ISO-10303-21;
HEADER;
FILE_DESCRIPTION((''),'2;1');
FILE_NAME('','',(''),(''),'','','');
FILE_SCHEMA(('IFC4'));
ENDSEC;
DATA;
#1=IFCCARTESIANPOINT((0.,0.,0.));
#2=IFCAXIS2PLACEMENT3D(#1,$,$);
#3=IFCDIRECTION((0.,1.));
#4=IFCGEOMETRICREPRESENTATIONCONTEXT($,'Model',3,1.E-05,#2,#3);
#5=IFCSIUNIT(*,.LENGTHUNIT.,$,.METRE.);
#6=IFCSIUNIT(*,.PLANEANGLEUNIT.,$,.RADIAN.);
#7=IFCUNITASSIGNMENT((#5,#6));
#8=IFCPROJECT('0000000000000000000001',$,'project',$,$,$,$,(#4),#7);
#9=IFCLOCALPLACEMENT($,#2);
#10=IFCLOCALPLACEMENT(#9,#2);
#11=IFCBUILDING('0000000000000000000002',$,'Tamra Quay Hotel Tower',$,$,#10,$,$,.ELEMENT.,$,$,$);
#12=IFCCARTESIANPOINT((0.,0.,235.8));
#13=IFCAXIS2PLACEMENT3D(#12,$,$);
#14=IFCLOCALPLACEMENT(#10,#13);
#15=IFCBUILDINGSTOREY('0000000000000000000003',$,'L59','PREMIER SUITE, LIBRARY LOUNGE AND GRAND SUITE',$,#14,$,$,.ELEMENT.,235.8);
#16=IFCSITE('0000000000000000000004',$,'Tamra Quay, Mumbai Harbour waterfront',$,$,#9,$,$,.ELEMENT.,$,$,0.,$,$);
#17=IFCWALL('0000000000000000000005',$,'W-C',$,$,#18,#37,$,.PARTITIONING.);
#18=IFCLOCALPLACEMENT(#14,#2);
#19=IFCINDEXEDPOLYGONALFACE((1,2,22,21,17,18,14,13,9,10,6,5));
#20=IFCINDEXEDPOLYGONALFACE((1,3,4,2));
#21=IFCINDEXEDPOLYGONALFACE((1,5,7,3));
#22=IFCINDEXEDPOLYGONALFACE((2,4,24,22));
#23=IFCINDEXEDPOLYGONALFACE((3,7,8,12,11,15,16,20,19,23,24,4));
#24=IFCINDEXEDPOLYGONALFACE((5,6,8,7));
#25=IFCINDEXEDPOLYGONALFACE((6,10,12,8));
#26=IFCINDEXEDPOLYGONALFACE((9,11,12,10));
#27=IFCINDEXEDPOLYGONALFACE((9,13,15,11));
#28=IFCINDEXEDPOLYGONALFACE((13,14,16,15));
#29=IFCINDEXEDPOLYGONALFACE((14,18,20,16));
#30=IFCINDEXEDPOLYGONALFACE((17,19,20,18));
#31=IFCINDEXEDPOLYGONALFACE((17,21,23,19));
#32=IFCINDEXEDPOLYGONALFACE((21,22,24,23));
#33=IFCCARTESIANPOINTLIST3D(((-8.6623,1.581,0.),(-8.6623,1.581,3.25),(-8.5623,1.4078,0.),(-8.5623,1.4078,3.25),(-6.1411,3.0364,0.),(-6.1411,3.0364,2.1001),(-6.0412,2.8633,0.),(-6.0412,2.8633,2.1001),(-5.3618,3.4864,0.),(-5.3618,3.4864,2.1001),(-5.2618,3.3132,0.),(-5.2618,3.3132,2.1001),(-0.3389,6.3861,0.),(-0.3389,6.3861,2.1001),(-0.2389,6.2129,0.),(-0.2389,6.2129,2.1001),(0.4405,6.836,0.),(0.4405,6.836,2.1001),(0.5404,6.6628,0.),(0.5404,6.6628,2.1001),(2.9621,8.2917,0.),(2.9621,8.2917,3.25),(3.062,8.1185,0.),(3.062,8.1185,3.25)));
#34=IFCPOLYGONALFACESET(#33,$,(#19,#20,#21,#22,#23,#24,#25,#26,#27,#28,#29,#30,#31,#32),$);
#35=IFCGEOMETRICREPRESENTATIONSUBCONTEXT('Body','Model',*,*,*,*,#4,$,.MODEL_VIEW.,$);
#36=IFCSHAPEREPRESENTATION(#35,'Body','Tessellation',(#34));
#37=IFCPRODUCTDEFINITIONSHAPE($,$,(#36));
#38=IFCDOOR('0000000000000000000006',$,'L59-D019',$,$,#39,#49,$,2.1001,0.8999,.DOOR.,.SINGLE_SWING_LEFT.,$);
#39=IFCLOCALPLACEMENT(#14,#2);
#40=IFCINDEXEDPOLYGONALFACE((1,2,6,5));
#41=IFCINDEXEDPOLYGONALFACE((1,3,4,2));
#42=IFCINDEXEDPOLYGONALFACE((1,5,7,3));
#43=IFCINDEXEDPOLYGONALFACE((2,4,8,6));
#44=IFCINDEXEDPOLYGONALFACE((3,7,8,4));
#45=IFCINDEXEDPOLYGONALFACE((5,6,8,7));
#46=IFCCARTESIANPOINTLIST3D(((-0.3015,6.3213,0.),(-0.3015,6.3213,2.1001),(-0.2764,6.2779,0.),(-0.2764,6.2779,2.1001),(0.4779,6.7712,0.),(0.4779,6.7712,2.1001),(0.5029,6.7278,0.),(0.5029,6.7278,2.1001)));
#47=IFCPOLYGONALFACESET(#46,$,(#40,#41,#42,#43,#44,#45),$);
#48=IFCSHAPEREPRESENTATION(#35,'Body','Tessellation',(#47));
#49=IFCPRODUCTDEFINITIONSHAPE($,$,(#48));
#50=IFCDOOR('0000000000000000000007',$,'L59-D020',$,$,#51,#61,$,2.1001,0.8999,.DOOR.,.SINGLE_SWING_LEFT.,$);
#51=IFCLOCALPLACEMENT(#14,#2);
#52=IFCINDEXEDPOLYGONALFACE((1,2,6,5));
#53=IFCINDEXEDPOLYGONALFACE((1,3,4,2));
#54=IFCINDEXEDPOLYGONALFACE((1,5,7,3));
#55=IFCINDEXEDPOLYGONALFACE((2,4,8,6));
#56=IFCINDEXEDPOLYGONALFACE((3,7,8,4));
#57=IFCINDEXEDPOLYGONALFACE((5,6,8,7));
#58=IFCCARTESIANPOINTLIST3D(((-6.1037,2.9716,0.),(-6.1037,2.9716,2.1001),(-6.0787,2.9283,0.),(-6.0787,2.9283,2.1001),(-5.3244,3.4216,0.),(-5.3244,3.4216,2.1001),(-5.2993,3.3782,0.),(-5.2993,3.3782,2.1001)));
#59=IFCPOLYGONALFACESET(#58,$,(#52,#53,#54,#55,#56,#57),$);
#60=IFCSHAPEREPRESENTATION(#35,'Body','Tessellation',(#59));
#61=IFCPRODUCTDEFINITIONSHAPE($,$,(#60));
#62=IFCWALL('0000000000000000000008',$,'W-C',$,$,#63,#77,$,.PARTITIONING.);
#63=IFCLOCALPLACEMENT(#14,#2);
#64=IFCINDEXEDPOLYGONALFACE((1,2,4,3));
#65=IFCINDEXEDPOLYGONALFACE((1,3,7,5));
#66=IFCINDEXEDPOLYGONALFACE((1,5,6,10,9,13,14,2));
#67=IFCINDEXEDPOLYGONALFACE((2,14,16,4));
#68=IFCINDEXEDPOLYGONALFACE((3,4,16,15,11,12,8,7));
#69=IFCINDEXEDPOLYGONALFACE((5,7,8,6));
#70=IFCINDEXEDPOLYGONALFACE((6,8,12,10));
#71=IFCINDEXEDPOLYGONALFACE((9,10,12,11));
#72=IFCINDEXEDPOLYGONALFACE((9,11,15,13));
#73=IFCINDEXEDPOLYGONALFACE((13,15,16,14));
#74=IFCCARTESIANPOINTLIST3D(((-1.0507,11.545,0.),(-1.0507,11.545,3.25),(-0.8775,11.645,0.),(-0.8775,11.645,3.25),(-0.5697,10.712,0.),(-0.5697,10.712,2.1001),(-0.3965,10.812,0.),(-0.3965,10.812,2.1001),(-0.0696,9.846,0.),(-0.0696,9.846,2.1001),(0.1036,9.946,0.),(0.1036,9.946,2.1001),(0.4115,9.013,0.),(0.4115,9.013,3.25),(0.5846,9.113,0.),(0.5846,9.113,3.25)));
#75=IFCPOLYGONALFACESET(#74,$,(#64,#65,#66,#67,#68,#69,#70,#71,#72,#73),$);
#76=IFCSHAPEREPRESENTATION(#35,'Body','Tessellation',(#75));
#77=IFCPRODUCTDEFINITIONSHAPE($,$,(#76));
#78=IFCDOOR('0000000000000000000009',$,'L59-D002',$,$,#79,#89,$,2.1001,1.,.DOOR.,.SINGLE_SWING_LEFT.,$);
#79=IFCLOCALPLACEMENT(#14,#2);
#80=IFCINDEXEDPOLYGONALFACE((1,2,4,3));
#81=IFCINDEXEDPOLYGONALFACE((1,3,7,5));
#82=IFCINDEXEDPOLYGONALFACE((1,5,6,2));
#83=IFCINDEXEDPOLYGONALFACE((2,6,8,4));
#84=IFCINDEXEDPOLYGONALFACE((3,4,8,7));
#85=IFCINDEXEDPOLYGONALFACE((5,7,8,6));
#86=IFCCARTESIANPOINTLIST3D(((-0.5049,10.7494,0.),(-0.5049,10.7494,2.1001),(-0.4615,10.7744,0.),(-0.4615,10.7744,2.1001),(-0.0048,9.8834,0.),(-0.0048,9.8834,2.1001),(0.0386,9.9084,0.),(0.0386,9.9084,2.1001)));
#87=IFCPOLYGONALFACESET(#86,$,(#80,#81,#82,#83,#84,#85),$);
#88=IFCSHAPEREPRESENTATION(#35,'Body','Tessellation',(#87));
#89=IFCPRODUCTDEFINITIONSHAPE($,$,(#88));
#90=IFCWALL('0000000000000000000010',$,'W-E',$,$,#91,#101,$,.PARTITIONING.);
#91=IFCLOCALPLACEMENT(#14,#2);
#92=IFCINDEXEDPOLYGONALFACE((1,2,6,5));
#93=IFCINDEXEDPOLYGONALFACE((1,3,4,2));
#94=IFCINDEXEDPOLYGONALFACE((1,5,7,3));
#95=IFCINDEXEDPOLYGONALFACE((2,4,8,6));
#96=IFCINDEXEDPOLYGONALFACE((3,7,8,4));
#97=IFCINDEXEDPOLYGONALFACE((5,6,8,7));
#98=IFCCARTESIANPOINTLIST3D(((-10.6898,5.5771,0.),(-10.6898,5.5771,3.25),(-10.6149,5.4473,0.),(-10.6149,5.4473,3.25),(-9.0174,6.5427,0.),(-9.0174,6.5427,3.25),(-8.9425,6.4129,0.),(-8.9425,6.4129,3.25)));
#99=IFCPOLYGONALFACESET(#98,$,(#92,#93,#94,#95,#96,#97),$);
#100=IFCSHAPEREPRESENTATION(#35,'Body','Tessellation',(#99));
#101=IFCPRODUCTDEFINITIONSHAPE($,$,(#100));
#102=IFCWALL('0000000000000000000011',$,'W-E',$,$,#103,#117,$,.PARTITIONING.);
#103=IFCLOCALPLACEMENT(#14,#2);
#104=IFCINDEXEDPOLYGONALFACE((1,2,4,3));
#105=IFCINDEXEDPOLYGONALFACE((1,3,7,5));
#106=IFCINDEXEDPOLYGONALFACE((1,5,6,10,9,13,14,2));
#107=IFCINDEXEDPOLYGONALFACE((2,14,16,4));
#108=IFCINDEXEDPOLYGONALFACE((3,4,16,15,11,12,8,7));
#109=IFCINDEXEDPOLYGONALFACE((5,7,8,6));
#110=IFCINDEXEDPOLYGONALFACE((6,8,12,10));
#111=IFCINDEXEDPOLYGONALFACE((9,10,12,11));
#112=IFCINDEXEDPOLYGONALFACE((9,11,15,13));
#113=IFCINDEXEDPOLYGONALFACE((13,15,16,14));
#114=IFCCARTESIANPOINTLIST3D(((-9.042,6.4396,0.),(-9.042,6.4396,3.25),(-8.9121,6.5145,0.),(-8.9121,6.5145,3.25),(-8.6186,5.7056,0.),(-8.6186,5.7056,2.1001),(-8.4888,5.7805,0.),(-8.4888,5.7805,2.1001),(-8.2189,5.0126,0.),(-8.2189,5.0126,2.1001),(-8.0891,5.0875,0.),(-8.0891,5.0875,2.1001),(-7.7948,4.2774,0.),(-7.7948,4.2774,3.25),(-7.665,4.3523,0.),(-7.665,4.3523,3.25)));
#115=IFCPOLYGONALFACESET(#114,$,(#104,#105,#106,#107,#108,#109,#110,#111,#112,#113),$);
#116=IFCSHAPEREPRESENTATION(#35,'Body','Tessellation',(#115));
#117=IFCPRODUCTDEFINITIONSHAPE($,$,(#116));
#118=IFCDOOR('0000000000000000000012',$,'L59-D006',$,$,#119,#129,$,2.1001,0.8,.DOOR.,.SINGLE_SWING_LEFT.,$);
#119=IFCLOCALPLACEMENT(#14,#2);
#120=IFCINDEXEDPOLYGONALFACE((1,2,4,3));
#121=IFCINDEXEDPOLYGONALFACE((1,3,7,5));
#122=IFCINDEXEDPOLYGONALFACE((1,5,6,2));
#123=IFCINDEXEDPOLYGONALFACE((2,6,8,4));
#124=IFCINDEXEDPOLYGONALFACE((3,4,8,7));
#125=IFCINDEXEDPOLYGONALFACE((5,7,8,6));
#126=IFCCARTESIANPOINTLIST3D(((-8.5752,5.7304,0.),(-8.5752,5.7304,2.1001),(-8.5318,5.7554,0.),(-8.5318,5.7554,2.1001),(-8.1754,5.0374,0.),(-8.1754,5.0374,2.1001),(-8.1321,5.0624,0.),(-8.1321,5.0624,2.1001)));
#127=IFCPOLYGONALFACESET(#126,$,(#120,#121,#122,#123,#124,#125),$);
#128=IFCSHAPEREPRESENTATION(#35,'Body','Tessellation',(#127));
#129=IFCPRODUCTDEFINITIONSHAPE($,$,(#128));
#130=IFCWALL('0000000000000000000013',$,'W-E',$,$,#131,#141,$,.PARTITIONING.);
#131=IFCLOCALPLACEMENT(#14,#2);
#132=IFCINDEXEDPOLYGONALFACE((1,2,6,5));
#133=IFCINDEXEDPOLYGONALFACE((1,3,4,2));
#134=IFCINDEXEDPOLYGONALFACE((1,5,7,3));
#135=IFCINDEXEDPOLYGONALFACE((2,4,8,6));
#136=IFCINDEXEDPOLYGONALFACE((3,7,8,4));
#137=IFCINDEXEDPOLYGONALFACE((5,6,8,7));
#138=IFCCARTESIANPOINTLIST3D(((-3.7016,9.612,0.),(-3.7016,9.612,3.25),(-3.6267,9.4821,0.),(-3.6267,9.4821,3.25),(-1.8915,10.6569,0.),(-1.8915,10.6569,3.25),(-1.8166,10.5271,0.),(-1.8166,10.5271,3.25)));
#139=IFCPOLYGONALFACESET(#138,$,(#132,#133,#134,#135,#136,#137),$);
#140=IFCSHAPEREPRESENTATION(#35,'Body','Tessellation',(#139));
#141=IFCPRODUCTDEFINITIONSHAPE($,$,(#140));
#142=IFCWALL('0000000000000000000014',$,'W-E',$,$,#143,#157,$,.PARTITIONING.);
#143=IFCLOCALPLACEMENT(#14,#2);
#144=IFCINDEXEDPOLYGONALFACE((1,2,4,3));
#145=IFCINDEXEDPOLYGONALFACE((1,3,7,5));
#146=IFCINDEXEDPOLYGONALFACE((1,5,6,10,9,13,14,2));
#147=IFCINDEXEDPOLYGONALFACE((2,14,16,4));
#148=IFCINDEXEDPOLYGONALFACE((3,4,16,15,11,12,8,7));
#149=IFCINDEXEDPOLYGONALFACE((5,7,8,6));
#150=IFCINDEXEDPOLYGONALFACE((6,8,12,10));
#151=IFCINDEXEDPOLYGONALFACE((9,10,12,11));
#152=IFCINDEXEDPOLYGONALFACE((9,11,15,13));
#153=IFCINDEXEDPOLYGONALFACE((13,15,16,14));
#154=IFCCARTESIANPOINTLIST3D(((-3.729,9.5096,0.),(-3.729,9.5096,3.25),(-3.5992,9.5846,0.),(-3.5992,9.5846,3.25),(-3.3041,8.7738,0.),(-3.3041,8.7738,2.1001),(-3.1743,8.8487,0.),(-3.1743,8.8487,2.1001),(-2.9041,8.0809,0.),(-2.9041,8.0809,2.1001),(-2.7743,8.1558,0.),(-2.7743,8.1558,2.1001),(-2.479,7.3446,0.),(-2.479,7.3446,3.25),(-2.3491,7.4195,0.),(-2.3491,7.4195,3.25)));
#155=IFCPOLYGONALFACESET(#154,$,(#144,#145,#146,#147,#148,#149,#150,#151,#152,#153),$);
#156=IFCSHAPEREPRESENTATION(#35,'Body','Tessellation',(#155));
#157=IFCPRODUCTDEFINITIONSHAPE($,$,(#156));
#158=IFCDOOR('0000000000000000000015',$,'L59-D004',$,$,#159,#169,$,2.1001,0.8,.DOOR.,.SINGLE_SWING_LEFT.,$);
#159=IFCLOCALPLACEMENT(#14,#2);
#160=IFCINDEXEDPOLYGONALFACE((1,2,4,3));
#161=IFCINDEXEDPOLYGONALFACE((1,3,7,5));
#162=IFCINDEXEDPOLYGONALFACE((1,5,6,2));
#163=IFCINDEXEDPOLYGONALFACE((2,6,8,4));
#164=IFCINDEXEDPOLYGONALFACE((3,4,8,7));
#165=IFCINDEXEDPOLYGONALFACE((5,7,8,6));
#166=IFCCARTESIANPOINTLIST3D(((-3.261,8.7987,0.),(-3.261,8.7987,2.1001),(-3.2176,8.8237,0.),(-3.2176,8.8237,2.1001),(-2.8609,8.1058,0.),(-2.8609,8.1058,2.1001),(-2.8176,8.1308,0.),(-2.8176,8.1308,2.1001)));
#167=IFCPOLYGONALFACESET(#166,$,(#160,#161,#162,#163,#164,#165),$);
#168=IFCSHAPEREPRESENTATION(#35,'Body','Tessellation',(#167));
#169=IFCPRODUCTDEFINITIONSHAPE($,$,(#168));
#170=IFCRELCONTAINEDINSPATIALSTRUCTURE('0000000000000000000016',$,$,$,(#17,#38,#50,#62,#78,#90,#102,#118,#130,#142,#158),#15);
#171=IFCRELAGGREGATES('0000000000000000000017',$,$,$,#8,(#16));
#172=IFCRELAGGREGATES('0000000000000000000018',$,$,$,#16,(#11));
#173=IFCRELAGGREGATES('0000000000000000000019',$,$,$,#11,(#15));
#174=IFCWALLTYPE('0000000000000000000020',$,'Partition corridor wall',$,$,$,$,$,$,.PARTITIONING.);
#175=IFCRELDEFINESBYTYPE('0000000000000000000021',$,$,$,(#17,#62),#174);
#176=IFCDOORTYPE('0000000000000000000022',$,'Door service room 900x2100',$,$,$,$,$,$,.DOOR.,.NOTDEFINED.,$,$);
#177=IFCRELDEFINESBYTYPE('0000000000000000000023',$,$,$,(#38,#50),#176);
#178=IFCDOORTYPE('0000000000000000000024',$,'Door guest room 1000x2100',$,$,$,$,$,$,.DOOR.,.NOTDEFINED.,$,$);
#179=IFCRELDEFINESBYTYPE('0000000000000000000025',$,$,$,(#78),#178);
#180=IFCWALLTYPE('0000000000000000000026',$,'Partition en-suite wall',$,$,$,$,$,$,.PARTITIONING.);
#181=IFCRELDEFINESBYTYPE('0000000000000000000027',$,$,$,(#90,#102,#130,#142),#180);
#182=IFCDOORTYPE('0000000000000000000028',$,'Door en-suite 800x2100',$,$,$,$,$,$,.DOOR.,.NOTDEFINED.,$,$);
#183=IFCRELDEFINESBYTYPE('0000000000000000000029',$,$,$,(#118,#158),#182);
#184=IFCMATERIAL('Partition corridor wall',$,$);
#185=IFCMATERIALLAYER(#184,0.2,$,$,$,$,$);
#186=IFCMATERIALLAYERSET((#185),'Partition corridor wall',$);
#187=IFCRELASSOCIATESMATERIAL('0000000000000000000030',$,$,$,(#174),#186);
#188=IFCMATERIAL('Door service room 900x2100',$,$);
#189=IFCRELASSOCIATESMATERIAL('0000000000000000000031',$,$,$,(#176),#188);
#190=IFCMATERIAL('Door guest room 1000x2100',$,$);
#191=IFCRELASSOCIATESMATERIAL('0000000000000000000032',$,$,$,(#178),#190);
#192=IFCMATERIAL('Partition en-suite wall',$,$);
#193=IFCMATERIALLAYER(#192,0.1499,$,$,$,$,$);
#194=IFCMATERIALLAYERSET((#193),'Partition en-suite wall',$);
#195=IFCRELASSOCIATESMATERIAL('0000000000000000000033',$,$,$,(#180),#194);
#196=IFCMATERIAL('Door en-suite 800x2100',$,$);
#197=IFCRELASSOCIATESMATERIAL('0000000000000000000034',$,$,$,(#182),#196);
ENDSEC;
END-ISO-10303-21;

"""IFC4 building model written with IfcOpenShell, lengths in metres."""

from ifc_helpers import new_model, si_unit, direction, frame, frame_2d, origin, place, context, subcontext, project, spatial, rectangle, extrude, material, layer, layer_set, type_object, element, fill, save


model = new_model("IFC4")

# Units and contexts
model_context = context("Model", 3, precision=1e-05, world=origin(), true_north=direction((0.0, 1.0)))
body_context = subcontext(model_context, "Body", "Model", "MODEL_VIEW")
ifc_project = project(units=[si_unit("LENGTHUNIT", "METRE"), si_unit("PLANEANGLEUNIT", "RADIAN")], contexts=[model_context])

# Site, building, storey
site_placement = place(None, origin())
site = spatial("IfcSite", under=ifc_project, at=site_placement, Name="Tamra Quay, Mumbai Harbour waterfront", CompositionType="ELEMENT", RefElevation=0.0)
building_placement = place(site_placement, origin())
building = spatial("IfcBuilding", under=site, at=building_placement, Name="Tamra Quay Hotel Tower", CompositionType="ELEMENT")
storey_placement = place(building_placement, frame((0.0, 0.0, 235.8)))
storey = spatial("IfcBuildingStorey", under=building, at=storey_placement, Name="L59", Description="PREMIER SUITE, LIBRARY LOUNGE AND GRAND SUITE", CompositionType="ELEMENT", Elevation=235.8)

# Wall, openings, doors
ifc_material_1 = material(Name="Partition corridor wall")
ifc_layer_1 = layer(ifc_material_1, 0.2)
ifc_layer_set_1 = layer_set([ifc_layer_1], Name="Partition corridor wall")
wall_type_1 = type_object("IfcWallType", Name="Partition corridor wall", PredefinedType="PARTITIONING", material=ifc_layer_set_1)
wall_1_placement = place(storey_placement, frame((-8.6123, 1.4944, 0.0), z_axis=(0.0, 0.0, 1.0), x_axis=(0.866044, 0.499968, 0.0)))
wall_1 = element("IfcWall", 1, at=wall_1_placement, inside=storey, type_object=wall_type_1, Name="W-C", PredefinedType="PARTITIONING", context=body_context, shape_type="SweptSolid", body=[
    extrude(rectangle(XDim=13.4224, YDim=0.2, at=frame_2d((6.7112, 0.0))), origin(), (0.0, 0.0, 1.0), 3.25),
])
opening_1_placement = place(wall_1_placement, frame((9.6108, 0.0, 0.0)))
opening_1 = element("IfcOpeningElement", 2, at=opening_1_placement, cuts=wall_1, PredefinedType="OPENING", context=body_context, shape_type="SweptSolid", body=[
    extrude(rectangle(XDim=0.8999, YDim=2.1001, at=frame_2d((0.45, 1.05))), frame((0.0, 0.1099, 0.0), z_axis=(0.0, -1.0, 0.0), x_axis=(1.0, 0.0, 0.0)), (0.0, 0.0, 1.0), 0.22),
])
opening_2_placement = place(wall_1_placement, frame((2.9111, 0.0, 0.0)))
opening_2 = element("IfcOpeningElement", 3, at=opening_2_placement, cuts=wall_1, PredefinedType="OPENING", context=body_context, shape_type="SweptSolid", body=[
    extrude(rectangle(XDim=0.8999, YDim=2.1001, at=frame_2d((0.45, 1.05))), frame((0.0, 0.1099, 0.0), z_axis=(0.0, -1.0, 0.0), x_axis=(1.0, 0.0, 0.0)), (0.0, 0.0, 1.0), 0.22),
])
ifc_material_2 = material(Name="Door service room 900x2100")
door_type_1 = type_object("IfcDoorType", Name="Door service room 900x2100", OperationType="NOTDEFINED", PredefinedType="DOOR", material=ifc_material_2)
door_1_placement = place(opening_1_placement, frame((0.8999, 0.0, 0.0), z_axis=(0.0, 0.0, 1.0), x_axis=(-1.0, 0.0, 0.0)))
door_1 = element("IfcDoor", 4, at=door_1_placement, inside=storey, type_object=door_type_1, Name="L59-D019", OperationType="SINGLE_SWING_LEFT", OverallHeight=2.1001, OverallWidth=0.8999, PredefinedType="DOOR", context=body_context, shape_type="SweptSolid", body=[
    extrude(rectangle(XDim=0.8999, YDim=2.1001, at=frame_2d((0.45, 1.05))), frame((0.0, 0.0249, 0.0), z_axis=(0.0, -1.0, 0.0), x_axis=(1.0, 0.0, 0.0)), (0.0, 0.0, 1.0), 0.05),
])
fill(opening_1, door_1)
door_2_placement = place(opening_2_placement, frame((0.8999, 0.0, 0.0), z_axis=(0.0, 0.0, 1.0), x_axis=(-1.0, 0.0, 0.0)))
door_2 = element("IfcDoor", 5, at=door_2_placement, inside=storey, type_object=door_type_1, Name="L59-D020", OperationType="SINGLE_SWING_LEFT", OverallHeight=2.1001, OverallWidth=0.8999, PredefinedType="DOOR", context=body_context, shape_type="SweptSolid", body=[
    extrude(rectangle(XDim=0.8999, YDim=2.1001, at=frame_2d((0.45, 1.05))), frame((0.0, 0.0249, 0.0), z_axis=(0.0, -1.0, 0.0), x_axis=(1.0, 0.0, 0.0)), (0.0, 0.0, 1.0), 0.05),
])
fill(opening_2, door_2)

# Wall, opening, door
wall_2_placement = place(storey_placement, frame((-0.9641, 11.595, 0.0), z_axis=(0.0, 0.0, 1.0), x_axis=(0.500081, -0.865978, 0.0)))
wall_2 = element("IfcWall", 6, at=wall_2_placement, inside=storey, type_object=wall_type_1, Name="W-C", PredefinedType="PARTITIONING", context=body_context, shape_type="SweptSolid", body=[
    extrude(rectangle(XDim=2.9238, YDim=0.2, at=frame_2d((1.4619, 0.0))), origin(), (0.0, 0.0, 1.0), 3.25),
])
opening_3_placement = place(wall_2_placement, frame((0.9619, 0.0, 0.0)))
opening_3 = element("IfcOpeningElement", 7, at=opening_3_placement, cuts=wall_2, PredefinedType="OPENING", context=body_context, shape_type="SweptSolid", body=[
    extrude(rectangle(XDim=1.0, YDim=2.1001, at=frame_2d((0.5, 1.05))), frame((0.0, 0.1099, 0.0), z_axis=(0.0, -1.0, 0.0), x_axis=(1.0, 0.0, 0.0)), (0.0, 0.0, 1.0), 0.22),
])
ifc_material_3 = material(Name="Door guest room 1000x2100")
door_type_2 = type_object("IfcDoorType", Name="Door guest room 1000x2100", OperationType="NOTDEFINED", PredefinedType="DOOR", material=ifc_material_3)
door_3_placement = place(opening_3_placement, origin())
door_3 = element("IfcDoor", 8, at=door_3_placement, inside=storey, type_object=door_type_2, Name="L59-D002", OperationType="SINGLE_SWING_LEFT", OverallHeight=2.1001, OverallWidth=1.0, PredefinedType="DOOR", context=body_context, shape_type="SweptSolid", body=[
    extrude(rectangle(XDim=1.0, YDim=2.1001, at=frame_2d((0.5, 1.05))), frame((0.0, 0.0249, 0.0), z_axis=(0.0, -1.0, 0.0), x_axis=(1.0, 0.0, 0.0)), (0.0, 0.0, 1.0), 0.05),
])
fill(opening_3, door_3)

# Wall
ifc_material_4 = material(Name="Partition en-suite wall")
ifc_layer_2 = layer(ifc_material_4, 0.1499)
ifc_layer_set_2 = layer_set([ifc_layer_2], Name="Partition en-suite wall")
wall_type_2 = type_object("IfcWallType", Name="Partition en-suite wall", PredefinedType="PARTITIONING", material=ifc_layer_set_2)
wall_3_placement = place(storey_placement, frame((-10.6523, 5.5122, 0.0), z_axis=(0.0, 0.0, 1.0), x_axis=(0.866017, 0.500014, 0.0)))
element("IfcWall", 9, at=wall_3_placement, inside=storey, type_object=wall_type_2, Name="W-E", PredefinedType="PARTITIONING", context=body_context, shape_type="SweptSolid", body=[
    extrude(rectangle(XDim=1.9312, YDim=0.1499, at=frame_2d((0.9656, 0.0))), origin(), (0.0, 0.0, 1.0), 3.25),
])

# Wall, opening, door
wall_4_placement = place(storey_placement, frame((-8.9771, 6.4771, 0.0), z_axis=(0.0, 0.0, 1.0), x_axis=(0.499632, -0.866238, 0.0)))
wall_4 = element("IfcWall", 10, at=wall_4_placement, inside=storey, type_object=wall_type_2, Name="W-E", PredefinedType="PARTITIONING", context=body_context, shape_type="SweptSolid", body=[
    extrude(rectangle(XDim=2.4961, YDim=0.1499, at=frame_2d((1.248, 0.0))), origin(), (0.0, 0.0, 1.0), 3.25),
])
opening_4_placement = place(wall_4_placement, frame((0.8474, 0.0, 0.0)))
opening_4 = element("IfcOpeningElement", 11, at=opening_4_placement, cuts=wall_4, PredefinedType="OPENING", context=body_context, shape_type="SweptSolid", body=[
    extrude(rectangle(XDim=0.8, YDim=2.1001, at=frame_2d((0.3999, 1.05))), frame((0.0, 0.085, 0.0), z_axis=(0.0, -1.0, 0.0), x_axis=(1.0, 0.0, 0.0)), (0.0, 0.0, 1.0), 0.1699),
])
ifc_material_5 = material(Name="Door en-suite 800x2100")
door_type_3 = type_object("IfcDoorType", Name="Door en-suite 800x2100", OperationType="NOTDEFINED", PredefinedType="DOOR", material=ifc_material_5)
door_4_placement = place(opening_4_placement, frame((0.8, 0.0, 0.0), z_axis=(0.0, 0.0, 1.0), x_axis=(-1.0, 0.0, 0.0)))
door_4 = element("IfcDoor", 12, at=door_4_placement, inside=storey, type_object=door_type_3, Name="L59-D006", OperationType="SINGLE_SWING_LEFT", OverallHeight=2.1001, OverallWidth=0.8, PredefinedType="DOOR", context=body_context, shape_type="SweptSolid", body=[
    extrude(rectangle(XDim=0.8, YDim=2.1001, at=frame_2d((0.3999, 1.05))), frame((0.0, 0.0249, 0.0), z_axis=(0.0, -1.0, 0.0), x_axis=(1.0, 0.0, 0.0)), (0.0, 0.0, 1.0), 0.05),
])
fill(opening_4, door_4)

# Wall
wall_5_placement = place(storey_placement, frame((-3.6641, 9.5471, 0.0), z_axis=(0.0, 0.0, 1.0), x_axis=(0.866049, 0.499958, 0.0)))
element("IfcWall", 13, at=wall_5_placement, inside=storey, type_object=wall_type_2, Name="W-E", PredefinedType="PARTITIONING", context=body_context, shape_type="SweptSolid", body=[
    extrude(rectangle(XDim=2.0901, YDim=0.1499, at=frame_2d((1.0449, 0.0))), origin(), (0.0, 0.0, 1.0), 3.25),
])

# Wall, opening, door
wall_6_placement = place(storey_placement, frame((-3.6641, 9.5471, 0.0), z_axis=(0.0, 0.0, 1.0), x_axis=(0.500004, -0.866023, 0.0)))
wall_6 = element("IfcWall", 14, at=wall_6_placement, inside=storey, type_object=wall_type_2, Name="W-E", PredefinedType="PARTITIONING", context=body_context, shape_type="SweptSolid", body=[
    extrude(rectangle(XDim=2.5, YDim=0.1499, at=frame_2d((1.25, 0.0))), origin(), (0.0, 0.0, 1.0), 3.25),
])
opening_5_placement = place(wall_6_placement, frame((0.8499, 0.0, 0.0)))
opening_5 = element("IfcOpeningElement", 15, at=opening_5_placement, cuts=wall_6, PredefinedType="OPENING", context=body_context, shape_type="SweptSolid", body=[
    extrude(rectangle(XDim=0.8, YDim=2.1001, at=frame_2d((0.3999, 1.05))), frame((0.0, 0.085, 0.0), z_axis=(0.0, -1.0, 0.0), x_axis=(1.0, 0.0, 0.0)), (0.0, 0.0, 1.0), 0.1699),
])
door_5_placement = place(opening_5_placement, origin())
door_5 = element("IfcDoor", 16, at=door_5_placement, inside=storey, type_object=door_type_3, Name="L59-D004", OperationType="SINGLE_SWING_LEFT", OverallHeight=2.1001, OverallWidth=0.8, PredefinedType="DOOR", context=body_context, shape_type="SweptSolid", body=[
    extrude(rectangle(XDim=0.8, YDim=2.1001, at=frame_2d((0.3999, 1.05))), frame((0.0, 0.0249, 0.0), z_axis=(0.0, -1.0, 0.0), x_axis=(1.0, 0.0, 0.0)), (0.0, 0.0, 1.0), 0.05),
])
fill(opening_5, door_5)

save(model, "model.ifc")
